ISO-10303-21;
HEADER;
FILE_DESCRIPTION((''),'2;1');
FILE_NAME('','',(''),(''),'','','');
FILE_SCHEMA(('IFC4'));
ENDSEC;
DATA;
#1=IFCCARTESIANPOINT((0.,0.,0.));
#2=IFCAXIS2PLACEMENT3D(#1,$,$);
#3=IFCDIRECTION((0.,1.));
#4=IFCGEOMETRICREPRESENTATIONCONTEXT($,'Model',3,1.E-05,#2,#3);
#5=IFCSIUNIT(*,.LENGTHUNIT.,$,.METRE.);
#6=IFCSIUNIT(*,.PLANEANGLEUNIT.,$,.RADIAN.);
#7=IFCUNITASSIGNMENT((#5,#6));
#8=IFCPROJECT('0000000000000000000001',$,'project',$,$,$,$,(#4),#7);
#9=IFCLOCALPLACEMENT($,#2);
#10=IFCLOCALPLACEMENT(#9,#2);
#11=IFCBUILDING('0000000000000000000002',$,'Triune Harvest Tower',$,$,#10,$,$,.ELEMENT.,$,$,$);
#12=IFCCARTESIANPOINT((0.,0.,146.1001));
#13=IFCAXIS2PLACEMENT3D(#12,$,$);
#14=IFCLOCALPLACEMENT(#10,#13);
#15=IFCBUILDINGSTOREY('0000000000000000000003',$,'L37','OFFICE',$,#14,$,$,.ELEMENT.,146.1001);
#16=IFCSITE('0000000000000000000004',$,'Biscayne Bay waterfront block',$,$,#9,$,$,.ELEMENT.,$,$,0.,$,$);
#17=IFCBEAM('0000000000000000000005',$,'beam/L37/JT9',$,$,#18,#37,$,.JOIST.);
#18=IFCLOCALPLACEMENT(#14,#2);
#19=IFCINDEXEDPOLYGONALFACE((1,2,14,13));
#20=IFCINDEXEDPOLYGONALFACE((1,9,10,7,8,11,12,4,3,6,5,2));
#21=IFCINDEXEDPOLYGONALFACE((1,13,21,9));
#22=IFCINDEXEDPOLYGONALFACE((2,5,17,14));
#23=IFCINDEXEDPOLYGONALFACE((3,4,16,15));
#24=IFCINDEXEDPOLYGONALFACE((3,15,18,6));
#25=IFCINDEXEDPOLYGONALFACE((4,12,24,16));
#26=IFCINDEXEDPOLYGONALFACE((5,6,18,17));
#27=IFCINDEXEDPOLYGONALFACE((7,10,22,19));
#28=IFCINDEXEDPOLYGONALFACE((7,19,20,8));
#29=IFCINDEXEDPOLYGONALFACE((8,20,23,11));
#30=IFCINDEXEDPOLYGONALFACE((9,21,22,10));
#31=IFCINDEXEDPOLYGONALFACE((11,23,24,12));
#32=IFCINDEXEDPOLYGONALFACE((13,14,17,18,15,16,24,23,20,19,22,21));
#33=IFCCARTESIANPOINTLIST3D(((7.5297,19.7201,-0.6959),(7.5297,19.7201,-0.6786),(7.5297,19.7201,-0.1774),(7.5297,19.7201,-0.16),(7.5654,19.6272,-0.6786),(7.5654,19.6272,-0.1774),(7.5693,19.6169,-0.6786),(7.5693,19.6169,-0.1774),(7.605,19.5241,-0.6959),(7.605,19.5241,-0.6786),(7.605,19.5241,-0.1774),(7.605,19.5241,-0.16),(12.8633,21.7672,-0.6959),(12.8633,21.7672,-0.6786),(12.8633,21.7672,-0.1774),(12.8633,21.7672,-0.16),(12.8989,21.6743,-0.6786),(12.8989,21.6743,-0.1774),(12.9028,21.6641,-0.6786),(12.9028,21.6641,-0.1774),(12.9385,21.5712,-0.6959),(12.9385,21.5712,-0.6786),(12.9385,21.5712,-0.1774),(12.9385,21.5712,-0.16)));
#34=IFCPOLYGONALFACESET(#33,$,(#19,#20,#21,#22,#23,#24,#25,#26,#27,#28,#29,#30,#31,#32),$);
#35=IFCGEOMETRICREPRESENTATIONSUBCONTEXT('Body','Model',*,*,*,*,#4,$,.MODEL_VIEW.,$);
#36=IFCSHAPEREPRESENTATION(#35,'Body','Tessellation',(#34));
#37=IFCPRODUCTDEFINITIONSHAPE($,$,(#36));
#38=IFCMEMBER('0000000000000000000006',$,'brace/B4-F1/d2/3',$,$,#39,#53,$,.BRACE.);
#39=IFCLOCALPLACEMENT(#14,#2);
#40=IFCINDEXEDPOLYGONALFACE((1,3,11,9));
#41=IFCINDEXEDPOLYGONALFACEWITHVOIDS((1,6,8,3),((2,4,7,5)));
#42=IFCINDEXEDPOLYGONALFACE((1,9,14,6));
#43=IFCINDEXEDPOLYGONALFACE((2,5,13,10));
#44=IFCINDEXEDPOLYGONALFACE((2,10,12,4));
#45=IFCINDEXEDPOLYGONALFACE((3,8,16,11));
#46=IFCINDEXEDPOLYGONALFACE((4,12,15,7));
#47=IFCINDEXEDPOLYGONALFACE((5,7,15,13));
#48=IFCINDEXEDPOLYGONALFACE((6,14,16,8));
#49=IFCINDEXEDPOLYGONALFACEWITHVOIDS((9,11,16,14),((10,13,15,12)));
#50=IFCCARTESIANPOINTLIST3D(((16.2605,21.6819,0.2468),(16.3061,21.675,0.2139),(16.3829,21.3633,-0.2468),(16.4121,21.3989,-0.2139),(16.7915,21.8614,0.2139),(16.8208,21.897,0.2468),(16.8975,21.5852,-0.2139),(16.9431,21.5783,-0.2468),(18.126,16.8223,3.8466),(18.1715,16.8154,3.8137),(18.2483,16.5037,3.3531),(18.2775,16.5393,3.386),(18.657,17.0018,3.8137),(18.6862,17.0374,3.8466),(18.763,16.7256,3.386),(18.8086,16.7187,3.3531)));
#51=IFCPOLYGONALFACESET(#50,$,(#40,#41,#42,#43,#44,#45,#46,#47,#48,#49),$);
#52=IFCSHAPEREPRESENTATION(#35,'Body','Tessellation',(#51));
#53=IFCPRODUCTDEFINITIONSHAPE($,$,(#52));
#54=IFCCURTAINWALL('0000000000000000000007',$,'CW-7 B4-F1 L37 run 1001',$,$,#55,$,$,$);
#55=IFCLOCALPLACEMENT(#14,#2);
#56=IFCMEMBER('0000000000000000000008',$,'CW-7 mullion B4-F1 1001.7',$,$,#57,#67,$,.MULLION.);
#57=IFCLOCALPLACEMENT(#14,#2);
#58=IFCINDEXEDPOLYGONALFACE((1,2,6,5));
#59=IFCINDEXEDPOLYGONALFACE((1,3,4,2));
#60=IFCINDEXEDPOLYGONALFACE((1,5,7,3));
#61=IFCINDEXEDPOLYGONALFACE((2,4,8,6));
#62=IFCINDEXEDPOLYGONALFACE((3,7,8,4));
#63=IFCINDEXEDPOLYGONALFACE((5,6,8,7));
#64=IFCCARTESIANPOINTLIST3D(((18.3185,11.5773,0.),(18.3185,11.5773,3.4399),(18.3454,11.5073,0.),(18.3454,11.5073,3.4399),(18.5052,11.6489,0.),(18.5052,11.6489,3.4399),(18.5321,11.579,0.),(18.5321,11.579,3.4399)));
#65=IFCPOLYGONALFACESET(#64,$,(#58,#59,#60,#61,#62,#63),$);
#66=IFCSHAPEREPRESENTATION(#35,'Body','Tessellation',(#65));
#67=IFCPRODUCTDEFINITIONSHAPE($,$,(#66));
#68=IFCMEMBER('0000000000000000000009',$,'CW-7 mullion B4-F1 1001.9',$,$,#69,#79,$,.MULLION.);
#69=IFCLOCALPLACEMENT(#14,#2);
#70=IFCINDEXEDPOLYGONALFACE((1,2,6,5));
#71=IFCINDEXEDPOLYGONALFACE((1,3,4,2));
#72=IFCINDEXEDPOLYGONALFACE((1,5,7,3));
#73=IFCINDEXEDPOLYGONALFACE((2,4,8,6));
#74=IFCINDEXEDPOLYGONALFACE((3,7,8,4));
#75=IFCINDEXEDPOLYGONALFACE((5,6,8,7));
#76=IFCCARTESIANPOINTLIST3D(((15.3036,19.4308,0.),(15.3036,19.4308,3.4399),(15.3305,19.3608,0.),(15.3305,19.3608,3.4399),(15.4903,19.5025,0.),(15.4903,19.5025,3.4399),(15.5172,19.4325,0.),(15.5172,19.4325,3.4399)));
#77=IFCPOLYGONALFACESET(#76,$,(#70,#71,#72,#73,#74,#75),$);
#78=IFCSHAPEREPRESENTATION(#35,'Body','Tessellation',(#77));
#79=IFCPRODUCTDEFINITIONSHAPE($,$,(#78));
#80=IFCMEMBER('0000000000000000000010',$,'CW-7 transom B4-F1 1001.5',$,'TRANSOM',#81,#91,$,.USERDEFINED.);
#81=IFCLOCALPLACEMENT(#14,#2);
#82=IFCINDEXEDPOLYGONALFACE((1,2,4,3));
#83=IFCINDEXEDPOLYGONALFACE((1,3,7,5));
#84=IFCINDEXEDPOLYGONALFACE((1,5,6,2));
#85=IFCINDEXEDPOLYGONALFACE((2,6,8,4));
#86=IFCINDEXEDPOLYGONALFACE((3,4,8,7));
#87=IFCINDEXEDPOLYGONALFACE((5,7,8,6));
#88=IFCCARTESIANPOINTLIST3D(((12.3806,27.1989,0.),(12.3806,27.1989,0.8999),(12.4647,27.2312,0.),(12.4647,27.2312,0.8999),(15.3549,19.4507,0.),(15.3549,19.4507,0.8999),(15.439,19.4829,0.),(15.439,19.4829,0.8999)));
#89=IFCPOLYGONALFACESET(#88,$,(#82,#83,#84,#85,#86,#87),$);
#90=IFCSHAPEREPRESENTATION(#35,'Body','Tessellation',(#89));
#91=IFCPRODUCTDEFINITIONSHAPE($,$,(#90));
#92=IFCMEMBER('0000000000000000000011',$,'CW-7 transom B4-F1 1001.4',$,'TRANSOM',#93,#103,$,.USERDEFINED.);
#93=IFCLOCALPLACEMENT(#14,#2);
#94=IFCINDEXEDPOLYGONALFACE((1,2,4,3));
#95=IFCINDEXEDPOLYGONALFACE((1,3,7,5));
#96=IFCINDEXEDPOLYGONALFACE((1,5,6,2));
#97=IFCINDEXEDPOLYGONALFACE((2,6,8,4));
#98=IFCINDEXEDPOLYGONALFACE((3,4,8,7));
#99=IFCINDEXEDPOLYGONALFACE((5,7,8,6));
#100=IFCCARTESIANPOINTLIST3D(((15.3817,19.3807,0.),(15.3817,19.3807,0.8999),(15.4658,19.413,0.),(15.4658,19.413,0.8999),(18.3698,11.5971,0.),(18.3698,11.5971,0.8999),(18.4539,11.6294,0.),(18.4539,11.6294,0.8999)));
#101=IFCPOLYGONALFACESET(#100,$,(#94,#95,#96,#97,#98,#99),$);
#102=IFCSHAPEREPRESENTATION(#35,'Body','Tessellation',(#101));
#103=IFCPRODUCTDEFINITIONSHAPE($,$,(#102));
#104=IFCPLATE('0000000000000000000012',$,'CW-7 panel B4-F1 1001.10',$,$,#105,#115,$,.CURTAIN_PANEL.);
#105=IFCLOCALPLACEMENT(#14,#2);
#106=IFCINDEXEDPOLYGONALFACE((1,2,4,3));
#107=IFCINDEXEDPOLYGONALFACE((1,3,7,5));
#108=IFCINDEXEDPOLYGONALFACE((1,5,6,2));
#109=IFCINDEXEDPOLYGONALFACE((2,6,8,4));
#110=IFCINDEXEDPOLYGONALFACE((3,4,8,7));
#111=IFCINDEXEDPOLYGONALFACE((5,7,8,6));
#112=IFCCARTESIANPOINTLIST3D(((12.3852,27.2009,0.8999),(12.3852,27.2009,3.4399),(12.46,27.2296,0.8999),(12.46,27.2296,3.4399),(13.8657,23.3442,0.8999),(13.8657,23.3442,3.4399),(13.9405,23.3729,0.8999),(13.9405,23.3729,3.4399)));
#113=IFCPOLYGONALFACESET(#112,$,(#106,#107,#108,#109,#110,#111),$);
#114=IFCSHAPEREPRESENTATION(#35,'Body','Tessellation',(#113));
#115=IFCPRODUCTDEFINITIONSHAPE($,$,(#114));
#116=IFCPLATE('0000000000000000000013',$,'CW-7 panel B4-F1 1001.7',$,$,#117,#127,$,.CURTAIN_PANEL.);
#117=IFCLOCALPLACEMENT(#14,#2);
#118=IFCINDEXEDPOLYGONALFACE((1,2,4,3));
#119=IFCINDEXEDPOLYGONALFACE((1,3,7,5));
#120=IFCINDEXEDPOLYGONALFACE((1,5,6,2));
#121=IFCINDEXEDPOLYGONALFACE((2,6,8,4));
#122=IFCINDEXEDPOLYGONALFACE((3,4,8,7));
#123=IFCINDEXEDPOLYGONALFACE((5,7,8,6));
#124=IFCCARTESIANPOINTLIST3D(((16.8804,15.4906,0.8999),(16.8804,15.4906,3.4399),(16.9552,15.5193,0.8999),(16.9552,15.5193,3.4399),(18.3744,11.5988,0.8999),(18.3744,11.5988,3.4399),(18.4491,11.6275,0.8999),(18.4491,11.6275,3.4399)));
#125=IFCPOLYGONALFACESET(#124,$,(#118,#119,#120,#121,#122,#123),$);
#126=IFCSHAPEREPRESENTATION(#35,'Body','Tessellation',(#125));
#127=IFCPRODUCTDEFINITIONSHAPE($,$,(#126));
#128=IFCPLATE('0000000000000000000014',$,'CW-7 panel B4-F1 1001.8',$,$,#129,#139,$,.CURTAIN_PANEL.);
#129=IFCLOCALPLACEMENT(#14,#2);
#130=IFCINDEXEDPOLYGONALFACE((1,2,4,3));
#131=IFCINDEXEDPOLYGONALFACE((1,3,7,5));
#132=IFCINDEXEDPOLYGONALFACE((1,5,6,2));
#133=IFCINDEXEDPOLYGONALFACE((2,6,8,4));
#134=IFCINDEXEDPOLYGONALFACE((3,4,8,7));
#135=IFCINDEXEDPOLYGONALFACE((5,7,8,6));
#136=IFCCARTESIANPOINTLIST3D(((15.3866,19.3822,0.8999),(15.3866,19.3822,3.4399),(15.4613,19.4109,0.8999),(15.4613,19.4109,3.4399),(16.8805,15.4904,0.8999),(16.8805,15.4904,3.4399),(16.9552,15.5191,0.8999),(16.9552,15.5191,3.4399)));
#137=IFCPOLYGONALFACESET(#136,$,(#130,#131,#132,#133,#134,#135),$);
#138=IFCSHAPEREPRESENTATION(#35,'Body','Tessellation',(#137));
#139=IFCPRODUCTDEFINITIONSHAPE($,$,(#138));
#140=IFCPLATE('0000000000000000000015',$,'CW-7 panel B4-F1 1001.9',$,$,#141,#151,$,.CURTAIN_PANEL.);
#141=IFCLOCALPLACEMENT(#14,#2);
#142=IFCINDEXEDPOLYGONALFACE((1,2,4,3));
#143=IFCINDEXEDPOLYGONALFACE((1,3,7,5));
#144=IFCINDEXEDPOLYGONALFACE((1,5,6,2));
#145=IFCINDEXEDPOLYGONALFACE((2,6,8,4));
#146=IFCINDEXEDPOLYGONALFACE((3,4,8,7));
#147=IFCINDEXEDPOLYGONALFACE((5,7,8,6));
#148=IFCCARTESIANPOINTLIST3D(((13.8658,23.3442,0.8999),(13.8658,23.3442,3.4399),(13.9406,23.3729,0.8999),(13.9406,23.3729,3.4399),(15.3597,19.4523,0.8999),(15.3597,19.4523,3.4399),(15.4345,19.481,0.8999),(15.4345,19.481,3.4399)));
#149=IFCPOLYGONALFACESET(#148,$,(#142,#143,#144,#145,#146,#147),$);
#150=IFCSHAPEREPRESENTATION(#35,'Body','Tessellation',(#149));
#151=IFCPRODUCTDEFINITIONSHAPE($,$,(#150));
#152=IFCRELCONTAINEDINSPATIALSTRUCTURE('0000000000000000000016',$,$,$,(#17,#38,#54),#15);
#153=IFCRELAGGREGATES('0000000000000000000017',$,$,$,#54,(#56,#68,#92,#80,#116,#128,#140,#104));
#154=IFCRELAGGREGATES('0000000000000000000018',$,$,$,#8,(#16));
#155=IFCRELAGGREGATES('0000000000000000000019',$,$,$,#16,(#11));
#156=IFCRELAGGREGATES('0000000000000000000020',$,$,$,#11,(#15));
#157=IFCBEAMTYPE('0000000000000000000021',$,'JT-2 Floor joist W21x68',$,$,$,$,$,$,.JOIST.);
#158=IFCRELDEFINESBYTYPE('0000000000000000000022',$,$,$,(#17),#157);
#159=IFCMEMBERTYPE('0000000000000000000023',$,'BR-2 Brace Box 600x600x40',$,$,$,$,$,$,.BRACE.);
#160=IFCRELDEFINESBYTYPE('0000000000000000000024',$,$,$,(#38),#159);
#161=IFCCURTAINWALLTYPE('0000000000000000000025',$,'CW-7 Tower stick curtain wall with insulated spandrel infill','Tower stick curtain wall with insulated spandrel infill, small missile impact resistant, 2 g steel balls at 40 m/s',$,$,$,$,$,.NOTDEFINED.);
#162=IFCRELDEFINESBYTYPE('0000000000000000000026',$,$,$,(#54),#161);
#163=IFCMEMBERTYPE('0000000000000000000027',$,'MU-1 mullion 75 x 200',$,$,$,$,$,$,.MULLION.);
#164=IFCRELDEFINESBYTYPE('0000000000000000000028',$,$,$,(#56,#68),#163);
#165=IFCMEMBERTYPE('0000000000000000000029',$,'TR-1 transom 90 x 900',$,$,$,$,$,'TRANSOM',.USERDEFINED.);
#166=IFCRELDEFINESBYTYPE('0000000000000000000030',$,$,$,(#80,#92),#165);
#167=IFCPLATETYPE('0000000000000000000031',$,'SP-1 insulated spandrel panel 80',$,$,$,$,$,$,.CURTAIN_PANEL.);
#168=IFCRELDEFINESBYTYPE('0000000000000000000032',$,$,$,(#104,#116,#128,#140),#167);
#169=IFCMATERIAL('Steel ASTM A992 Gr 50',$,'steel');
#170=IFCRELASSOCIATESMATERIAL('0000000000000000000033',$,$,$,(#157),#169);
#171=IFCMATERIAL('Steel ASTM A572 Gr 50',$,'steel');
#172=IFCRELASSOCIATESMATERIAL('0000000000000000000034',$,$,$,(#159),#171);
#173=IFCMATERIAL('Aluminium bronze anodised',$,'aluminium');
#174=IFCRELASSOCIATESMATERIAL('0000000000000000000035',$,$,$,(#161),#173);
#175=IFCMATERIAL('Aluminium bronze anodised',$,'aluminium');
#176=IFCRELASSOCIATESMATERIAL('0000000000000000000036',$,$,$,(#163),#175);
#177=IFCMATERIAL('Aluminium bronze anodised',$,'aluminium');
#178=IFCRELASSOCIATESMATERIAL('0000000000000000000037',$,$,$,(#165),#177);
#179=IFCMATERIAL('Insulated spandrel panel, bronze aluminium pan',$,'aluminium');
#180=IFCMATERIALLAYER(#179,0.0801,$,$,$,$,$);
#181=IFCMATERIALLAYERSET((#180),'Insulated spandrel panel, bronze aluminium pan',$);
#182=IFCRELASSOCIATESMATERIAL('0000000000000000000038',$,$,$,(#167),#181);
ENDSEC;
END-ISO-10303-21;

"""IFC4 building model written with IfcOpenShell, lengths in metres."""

from ifc_helpers import new_model, si_unit, direction, frame, origin, origin_2d, place, context, subcontext, project, spatial, rectangle, hollow_rectangle, i_section, extrude, source, transform, mapped, material, layer, layer_set, material_profile, profile_set, type_object, element, aggregate, save


model = new_model("IFC4")

# Units and contexts
model_context = context("Model", 3, precision=1e-05, world=origin(), true_north=direction((0.0, 1.0)))
body_context = subcontext(model_context, "Body", "Model", "MODEL_VIEW")
ifc_project = project(units=[si_unit("LENGTHUNIT", "METRE"), si_unit("PLANEANGLEUNIT", "RADIAN")], contexts=[model_context])

# Site, building, storey
site_placement = place(None, origin())
site = spatial("IfcSite", under=ifc_project, at=site_placement, Name="Biscayne Bay waterfront block", CompositionType="ELEMENT", RefElevation=0.0)
building_placement = place(site_placement, origin())
building = spatial("IfcBuilding", under=site, at=building_placement, Name="Triune Harvest Tower", CompositionType="ELEMENT")
storey_placement = place(building_placement, frame((0.0, 0.0, 146.1001)))
storey = spatial("IfcBuildingStorey", under=building, at=storey_placement, Name="L37", Description="OFFICE", CompositionType="ELEMENT", Elevation=146.1001)

# Beam
ifc_material_1 = material(Name="Steel ASTM A992 Gr 50", Category="steel")
ifc_material_profile_1 = material_profile(ifc_material_1, i_section(OverallWidth=0.21, OverallDepth=0.5359, WebThickness=0.011, FlangeThickness=0.0173, at=origin_2d()), Name="W21x68")
ifc_profile_set_1 = profile_set([ifc_material_profile_1], Name="Steel ASTM A992 Gr 50")
beam_type_1 = type_object("IfcBeamType", Name="JT-2 Floor joist W21x68", PredefinedType="JOIST", material=ifc_profile_set_1)
shared_shape_1 = source(origin(), body_context, "Body", "SweptSolid", [
    extrude(i_section(OverallWidth=0.21, OverallDepth=0.5359, WebThickness=0.011, FlangeThickness=0.0173, at=origin_2d()), origin(), (0.0, 0.0, 1.0), 5.7129),
])
beam_1_placement = place(storey_placement, frame((12.9009, 21.6692, -0.428), z_axis=(-0.933593, -0.358335, 0.0), x_axis=(0.358335, -0.933593, 0.0)))
element("IfcBeam", 1, at=beam_1_placement, inside=storey, type_object=beam_type_1, Name="beam/L37/JT9", PredefinedType="JOIST", context=body_context, shape_type="MappedRepresentation", body=[
    mapped(shared_shape_1, transform((0.0, 0.0, 0.0), scale=1.0)),
])

# Member
ifc_material_2 = material(Name="Steel ASTM A572 Gr 50", Category="steel")
ifc_material_profile_2 = material_profile(ifc_material_2, hollow_rectangle(XDim=0.6001, YDim=0.6001, WallThickness=0.04, at=origin_2d()), Name="Box 600x600x40")
ifc_profile_set_2 = profile_set([ifc_material_profile_2], Name="Steel ASTM A572 Gr 50")
member_type_1 = type_object("IfcMemberType", Name="BR-2 Brace Box 600x600x40", PredefinedType="BRACE", material=ifc_profile_set_2)
shared_shape_2 = source(origin(), body_context, "Body", "SweptSolid", [
    extrude(hollow_rectangle(XDim=0.6001, YDim=0.6001, WallThickness=0.04, at=origin_2d()), origin(), (0.0, 0.0, 1.0), 6.3289),
])
member_1_placement = place(storey_placement, frame((16.6018, 21.6301, 0.0), z_axis=(0.294756, -0.767847, 0.568797), x_axis=(0.933578, 0.358376, 0.0)))
element("IfcMember", 2, at=member_1_placement, inside=storey, type_object=member_type_1, Name="brace/B4-F1/d2/3", PredefinedType="BRACE", context=body_context, shape_type="MappedRepresentation", body=[
    mapped(shared_shape_2, transform((0.0, 0.0, 0.0), scale=1.0)),
])

# Curtain wall, members, plates
ifc_material_3 = material(Name="Aluminium bronze anodised", Category="aluminium")
curtain_wall_type = type_object("IfcCurtainWallType", Name="CW-7 Tower stick curtain wall with insulated spandrel infill", Description="Tower stick curtain wall with insulated spandrel infill, small missile impact resistant, 2 g steel balls at 40 m/s", PredefinedType="NOTDEFINED", material=ifc_material_3)
curtain_wall_placement = place(storey_placement, origin())
curtain_wall = element("IfcCurtainWall", 3, at=curtain_wall_placement, inside=storey, type_object=curtain_wall_type, Name="CW-7 B4-F1 L37 run 1001")
ifc_material_4 = material(Name="Aluminium bronze anodised", Category="aluminium")
ifc_material_profile_3 = material_profile(ifc_material_4, rectangle(XDim=0.2, YDim=0.075, at=origin_2d()), Name="MU-1 mullion 75 x 200")
ifc_profile_set_3 = profile_set([ifc_material_profile_3], Name="Aluminium bronze anodised")
member_type_2 = type_object("IfcMemberType", Name="MU-1 mullion 75 x 200", PredefinedType="MULLION", material=ifc_profile_set_3)
shared_shape_3 = source(origin(), body_context, "Body", "SweptSolid", [
    extrude(rectangle(XDim=0.2, YDim=0.075, at=origin_2d()), origin(), (0.0, 0.0, 1.0), 3.4399),
])
member_2_placement = place(storey_placement, frame((18.4253, 11.5781, 0.0), z_axis=(0.0, 0.0, 1.0), x_axis=(-0.93358, -0.35837, 0.0)))
member_2 = element("IfcMember", 4, at=member_2_placement, type_object=member_type_2, Name="CW-7 mullion B4-F1 1001.7", PredefinedType="MULLION", context=body_context, shape_type="MappedRepresentation", body=[
    mapped(shared_shape_3, transform((0.0, 0.0, 0.0), scale=1.0)),
])
member_3_placement = place(storey_placement, frame((15.4104, 19.4316, 0.0), z_axis=(0.0, 0.0, 1.0), x_axis=(-0.93358, -0.35837, 0.0)))
member_3 = element("IfcMember", 5, at=member_3_placement, type_object=member_type_2, Name="CW-7 mullion B4-F1 1001.9", PredefinedType="MULLION", context=body_context, shape_type="MappedRepresentation", body=[
    mapped(shared_shape_3, transform((0.0, 0.0, 0.0), scale=1.0)),
])
ifc_material_5 = material(Name="Aluminium bronze anodised", Category="aluminium")
ifc_material_profile_4 = material_profile(ifc_material_5, rectangle(XDim=0.0901, YDim=0.8999, at=origin_2d()), Name="TR-1 transom 90 x 900")
ifc_profile_set_4 = profile_set([ifc_material_profile_4], Name="Aluminium bronze anodised")
member_type_3 = type_object("IfcMemberType", Name="TR-1 transom 90 x 900", ElementType="TRANSOM", PredefinedType="USERDEFINED", material=ifc_profile_set_4)
shared_shape_4 = source(origin(), body_context, "Body", "SweptSolid", [
    extrude(rectangle(XDim=0.0901, YDim=0.8999, at=origin_2d()), origin(), (0.0, 0.0, 1.0), 8.2996),
])
member_4_placement = place(storey_placement, frame((15.397, 19.4668, 0.45), z_axis=(-0.358376, 0.933577, 0.0), x_axis=(-0.933577, -0.358376, 0.0)))
member_4 = element("IfcMember", 6, at=member_4_placement, type_object=member_type_3, Name="CW-7 transom B4-F1 1001.5", ObjectType="TRANSOM", PredefinedType="USERDEFINED", context=body_context, shape_type="MappedRepresentation", body=[
    mapped(shared_shape_4, transform((0.0, 0.0, 0.0), scale=1.0)),
])
shared_shape_5 = source(origin(), body_context, "Body", "SweptSolid", [
    extrude(rectangle(XDim=0.0901, YDim=0.8999, at=origin_2d()), origin(), (0.0, 0.0, 1.0), 8.3374),
])
member_5_placement = place(storey_placement, frame((18.4119, 11.6133, 0.45), z_axis=(-0.358394, 0.93357, 0.0), x_axis=(-0.93357, -0.358394, 0.0)))
member_5 = element("IfcMember", 7, at=member_5_placement, type_object=member_type_3, Name="CW-7 transom B4-F1 1001.4", ObjectType="TRANSOM", PredefinedType="USERDEFINED", context=body_context, shape_type="MappedRepresentation", body=[
    mapped(shared_shape_5, transform((0.0, 0.0, 0.0), scale=1.0)),
])
ifc_material_6 = material(Name="Insulated spandrel panel, bronze aluminium pan", Category="aluminium")
ifc_layer_1 = layer(ifc_material_6, 0.0801)
ifc_layer_set_1 = layer_set([ifc_layer_1], Name="Insulated spandrel panel, bronze aluminium pan")
plate_type = type_object("IfcPlateType", Name="SP-1 insulated spandrel panel 80", PredefinedType="CURTAIN_PANEL", material=ifc_layer_set_1)
shared_shape_6 = source(origin(), body_context, "Body", "SweptSolid", [
    extrude(rectangle(XDim=4.1311, YDim=0.0801, at=origin_2d()), origin(), (0.0, 0.0, 1.0), 2.54),
])
plate_1_placement = place(storey_placement, frame((13.1628, 25.2869, 0.8999), z_axis=(0.0, 0.0, 1.0), x_axis=(-0.35837, 0.93358, 0.0)))
plate_1 = element("IfcPlate", 8, at=plate_1_placement, type_object=plate_type, Name="CW-7 panel B4-F1 1001.10", PredefinedType="CURTAIN_PANEL", context=body_context, shape_type="MappedRepresentation", body=[
    mapped(shared_shape_6, transform((0.0, 0.0, 0.0), scale=1.0)),
])
shared_shape_7 = source(origin(), body_context, "Body", "SweptSolid", [
    extrude(rectangle(XDim=4.1687, YDim=0.0801, at=origin_2d()), origin(), (0.0, 0.0, 1.0), 2.54),
])
plate_2_placement = place(storey_placement, frame((17.6648, 13.5591, 0.8999), z_axis=(0.0, 0.0, 1.0), x_axis=(-0.35837, 0.93358, 0.0)))
plate_2 = element("IfcPlate", 9, at=plate_2_placement, type_object=plate_type, Name="CW-7 panel B4-F1 1001.7", PredefinedType="CURTAIN_PANEL", context=body_context, shape_type="MappedRepresentation", body=[
    mapped(shared_shape_7, transform((0.0, 0.0, 0.0), scale=1.0)),
])
plate_3_placement = place(storey_placement, frame((16.1709, 17.4507, 0.8999), z_axis=(0.0, 0.0, 1.0), x_axis=(-0.35837, 0.93358, 0.0)))
plate_3 = element("IfcPlate", 10, at=plate_3_placement, type_object=plate_type, Name="CW-7 panel B4-F1 1001.8", PredefinedType="CURTAIN_PANEL", context=body_context, shape_type="MappedRepresentation", body=[
    mapped(shared_shape_7, transform((0.0, 0.0, 0.0), scale=1.0)),
])
plate_4_placement = place(storey_placement, frame((14.6501, 21.4126, 0.8999), z_axis=(0.0, 0.0, 1.0), x_axis=(-0.35837, 0.93358, 0.0)))
plate_4 = element("IfcPlate", 11, at=plate_4_placement, type_object=plate_type, Name="CW-7 panel B4-F1 1001.9", PredefinedType="CURTAIN_PANEL", context=body_context, shape_type="MappedRepresentation", body=[
    mapped(shared_shape_7, transform((0.0, 0.0, 0.0), scale=1.0)),
])
aggregate(curtain_wall, [member_2, member_3, member_5, member_4, plate_2, plate_3, plate_4, plate_1])

save(model, "model.ifc")
